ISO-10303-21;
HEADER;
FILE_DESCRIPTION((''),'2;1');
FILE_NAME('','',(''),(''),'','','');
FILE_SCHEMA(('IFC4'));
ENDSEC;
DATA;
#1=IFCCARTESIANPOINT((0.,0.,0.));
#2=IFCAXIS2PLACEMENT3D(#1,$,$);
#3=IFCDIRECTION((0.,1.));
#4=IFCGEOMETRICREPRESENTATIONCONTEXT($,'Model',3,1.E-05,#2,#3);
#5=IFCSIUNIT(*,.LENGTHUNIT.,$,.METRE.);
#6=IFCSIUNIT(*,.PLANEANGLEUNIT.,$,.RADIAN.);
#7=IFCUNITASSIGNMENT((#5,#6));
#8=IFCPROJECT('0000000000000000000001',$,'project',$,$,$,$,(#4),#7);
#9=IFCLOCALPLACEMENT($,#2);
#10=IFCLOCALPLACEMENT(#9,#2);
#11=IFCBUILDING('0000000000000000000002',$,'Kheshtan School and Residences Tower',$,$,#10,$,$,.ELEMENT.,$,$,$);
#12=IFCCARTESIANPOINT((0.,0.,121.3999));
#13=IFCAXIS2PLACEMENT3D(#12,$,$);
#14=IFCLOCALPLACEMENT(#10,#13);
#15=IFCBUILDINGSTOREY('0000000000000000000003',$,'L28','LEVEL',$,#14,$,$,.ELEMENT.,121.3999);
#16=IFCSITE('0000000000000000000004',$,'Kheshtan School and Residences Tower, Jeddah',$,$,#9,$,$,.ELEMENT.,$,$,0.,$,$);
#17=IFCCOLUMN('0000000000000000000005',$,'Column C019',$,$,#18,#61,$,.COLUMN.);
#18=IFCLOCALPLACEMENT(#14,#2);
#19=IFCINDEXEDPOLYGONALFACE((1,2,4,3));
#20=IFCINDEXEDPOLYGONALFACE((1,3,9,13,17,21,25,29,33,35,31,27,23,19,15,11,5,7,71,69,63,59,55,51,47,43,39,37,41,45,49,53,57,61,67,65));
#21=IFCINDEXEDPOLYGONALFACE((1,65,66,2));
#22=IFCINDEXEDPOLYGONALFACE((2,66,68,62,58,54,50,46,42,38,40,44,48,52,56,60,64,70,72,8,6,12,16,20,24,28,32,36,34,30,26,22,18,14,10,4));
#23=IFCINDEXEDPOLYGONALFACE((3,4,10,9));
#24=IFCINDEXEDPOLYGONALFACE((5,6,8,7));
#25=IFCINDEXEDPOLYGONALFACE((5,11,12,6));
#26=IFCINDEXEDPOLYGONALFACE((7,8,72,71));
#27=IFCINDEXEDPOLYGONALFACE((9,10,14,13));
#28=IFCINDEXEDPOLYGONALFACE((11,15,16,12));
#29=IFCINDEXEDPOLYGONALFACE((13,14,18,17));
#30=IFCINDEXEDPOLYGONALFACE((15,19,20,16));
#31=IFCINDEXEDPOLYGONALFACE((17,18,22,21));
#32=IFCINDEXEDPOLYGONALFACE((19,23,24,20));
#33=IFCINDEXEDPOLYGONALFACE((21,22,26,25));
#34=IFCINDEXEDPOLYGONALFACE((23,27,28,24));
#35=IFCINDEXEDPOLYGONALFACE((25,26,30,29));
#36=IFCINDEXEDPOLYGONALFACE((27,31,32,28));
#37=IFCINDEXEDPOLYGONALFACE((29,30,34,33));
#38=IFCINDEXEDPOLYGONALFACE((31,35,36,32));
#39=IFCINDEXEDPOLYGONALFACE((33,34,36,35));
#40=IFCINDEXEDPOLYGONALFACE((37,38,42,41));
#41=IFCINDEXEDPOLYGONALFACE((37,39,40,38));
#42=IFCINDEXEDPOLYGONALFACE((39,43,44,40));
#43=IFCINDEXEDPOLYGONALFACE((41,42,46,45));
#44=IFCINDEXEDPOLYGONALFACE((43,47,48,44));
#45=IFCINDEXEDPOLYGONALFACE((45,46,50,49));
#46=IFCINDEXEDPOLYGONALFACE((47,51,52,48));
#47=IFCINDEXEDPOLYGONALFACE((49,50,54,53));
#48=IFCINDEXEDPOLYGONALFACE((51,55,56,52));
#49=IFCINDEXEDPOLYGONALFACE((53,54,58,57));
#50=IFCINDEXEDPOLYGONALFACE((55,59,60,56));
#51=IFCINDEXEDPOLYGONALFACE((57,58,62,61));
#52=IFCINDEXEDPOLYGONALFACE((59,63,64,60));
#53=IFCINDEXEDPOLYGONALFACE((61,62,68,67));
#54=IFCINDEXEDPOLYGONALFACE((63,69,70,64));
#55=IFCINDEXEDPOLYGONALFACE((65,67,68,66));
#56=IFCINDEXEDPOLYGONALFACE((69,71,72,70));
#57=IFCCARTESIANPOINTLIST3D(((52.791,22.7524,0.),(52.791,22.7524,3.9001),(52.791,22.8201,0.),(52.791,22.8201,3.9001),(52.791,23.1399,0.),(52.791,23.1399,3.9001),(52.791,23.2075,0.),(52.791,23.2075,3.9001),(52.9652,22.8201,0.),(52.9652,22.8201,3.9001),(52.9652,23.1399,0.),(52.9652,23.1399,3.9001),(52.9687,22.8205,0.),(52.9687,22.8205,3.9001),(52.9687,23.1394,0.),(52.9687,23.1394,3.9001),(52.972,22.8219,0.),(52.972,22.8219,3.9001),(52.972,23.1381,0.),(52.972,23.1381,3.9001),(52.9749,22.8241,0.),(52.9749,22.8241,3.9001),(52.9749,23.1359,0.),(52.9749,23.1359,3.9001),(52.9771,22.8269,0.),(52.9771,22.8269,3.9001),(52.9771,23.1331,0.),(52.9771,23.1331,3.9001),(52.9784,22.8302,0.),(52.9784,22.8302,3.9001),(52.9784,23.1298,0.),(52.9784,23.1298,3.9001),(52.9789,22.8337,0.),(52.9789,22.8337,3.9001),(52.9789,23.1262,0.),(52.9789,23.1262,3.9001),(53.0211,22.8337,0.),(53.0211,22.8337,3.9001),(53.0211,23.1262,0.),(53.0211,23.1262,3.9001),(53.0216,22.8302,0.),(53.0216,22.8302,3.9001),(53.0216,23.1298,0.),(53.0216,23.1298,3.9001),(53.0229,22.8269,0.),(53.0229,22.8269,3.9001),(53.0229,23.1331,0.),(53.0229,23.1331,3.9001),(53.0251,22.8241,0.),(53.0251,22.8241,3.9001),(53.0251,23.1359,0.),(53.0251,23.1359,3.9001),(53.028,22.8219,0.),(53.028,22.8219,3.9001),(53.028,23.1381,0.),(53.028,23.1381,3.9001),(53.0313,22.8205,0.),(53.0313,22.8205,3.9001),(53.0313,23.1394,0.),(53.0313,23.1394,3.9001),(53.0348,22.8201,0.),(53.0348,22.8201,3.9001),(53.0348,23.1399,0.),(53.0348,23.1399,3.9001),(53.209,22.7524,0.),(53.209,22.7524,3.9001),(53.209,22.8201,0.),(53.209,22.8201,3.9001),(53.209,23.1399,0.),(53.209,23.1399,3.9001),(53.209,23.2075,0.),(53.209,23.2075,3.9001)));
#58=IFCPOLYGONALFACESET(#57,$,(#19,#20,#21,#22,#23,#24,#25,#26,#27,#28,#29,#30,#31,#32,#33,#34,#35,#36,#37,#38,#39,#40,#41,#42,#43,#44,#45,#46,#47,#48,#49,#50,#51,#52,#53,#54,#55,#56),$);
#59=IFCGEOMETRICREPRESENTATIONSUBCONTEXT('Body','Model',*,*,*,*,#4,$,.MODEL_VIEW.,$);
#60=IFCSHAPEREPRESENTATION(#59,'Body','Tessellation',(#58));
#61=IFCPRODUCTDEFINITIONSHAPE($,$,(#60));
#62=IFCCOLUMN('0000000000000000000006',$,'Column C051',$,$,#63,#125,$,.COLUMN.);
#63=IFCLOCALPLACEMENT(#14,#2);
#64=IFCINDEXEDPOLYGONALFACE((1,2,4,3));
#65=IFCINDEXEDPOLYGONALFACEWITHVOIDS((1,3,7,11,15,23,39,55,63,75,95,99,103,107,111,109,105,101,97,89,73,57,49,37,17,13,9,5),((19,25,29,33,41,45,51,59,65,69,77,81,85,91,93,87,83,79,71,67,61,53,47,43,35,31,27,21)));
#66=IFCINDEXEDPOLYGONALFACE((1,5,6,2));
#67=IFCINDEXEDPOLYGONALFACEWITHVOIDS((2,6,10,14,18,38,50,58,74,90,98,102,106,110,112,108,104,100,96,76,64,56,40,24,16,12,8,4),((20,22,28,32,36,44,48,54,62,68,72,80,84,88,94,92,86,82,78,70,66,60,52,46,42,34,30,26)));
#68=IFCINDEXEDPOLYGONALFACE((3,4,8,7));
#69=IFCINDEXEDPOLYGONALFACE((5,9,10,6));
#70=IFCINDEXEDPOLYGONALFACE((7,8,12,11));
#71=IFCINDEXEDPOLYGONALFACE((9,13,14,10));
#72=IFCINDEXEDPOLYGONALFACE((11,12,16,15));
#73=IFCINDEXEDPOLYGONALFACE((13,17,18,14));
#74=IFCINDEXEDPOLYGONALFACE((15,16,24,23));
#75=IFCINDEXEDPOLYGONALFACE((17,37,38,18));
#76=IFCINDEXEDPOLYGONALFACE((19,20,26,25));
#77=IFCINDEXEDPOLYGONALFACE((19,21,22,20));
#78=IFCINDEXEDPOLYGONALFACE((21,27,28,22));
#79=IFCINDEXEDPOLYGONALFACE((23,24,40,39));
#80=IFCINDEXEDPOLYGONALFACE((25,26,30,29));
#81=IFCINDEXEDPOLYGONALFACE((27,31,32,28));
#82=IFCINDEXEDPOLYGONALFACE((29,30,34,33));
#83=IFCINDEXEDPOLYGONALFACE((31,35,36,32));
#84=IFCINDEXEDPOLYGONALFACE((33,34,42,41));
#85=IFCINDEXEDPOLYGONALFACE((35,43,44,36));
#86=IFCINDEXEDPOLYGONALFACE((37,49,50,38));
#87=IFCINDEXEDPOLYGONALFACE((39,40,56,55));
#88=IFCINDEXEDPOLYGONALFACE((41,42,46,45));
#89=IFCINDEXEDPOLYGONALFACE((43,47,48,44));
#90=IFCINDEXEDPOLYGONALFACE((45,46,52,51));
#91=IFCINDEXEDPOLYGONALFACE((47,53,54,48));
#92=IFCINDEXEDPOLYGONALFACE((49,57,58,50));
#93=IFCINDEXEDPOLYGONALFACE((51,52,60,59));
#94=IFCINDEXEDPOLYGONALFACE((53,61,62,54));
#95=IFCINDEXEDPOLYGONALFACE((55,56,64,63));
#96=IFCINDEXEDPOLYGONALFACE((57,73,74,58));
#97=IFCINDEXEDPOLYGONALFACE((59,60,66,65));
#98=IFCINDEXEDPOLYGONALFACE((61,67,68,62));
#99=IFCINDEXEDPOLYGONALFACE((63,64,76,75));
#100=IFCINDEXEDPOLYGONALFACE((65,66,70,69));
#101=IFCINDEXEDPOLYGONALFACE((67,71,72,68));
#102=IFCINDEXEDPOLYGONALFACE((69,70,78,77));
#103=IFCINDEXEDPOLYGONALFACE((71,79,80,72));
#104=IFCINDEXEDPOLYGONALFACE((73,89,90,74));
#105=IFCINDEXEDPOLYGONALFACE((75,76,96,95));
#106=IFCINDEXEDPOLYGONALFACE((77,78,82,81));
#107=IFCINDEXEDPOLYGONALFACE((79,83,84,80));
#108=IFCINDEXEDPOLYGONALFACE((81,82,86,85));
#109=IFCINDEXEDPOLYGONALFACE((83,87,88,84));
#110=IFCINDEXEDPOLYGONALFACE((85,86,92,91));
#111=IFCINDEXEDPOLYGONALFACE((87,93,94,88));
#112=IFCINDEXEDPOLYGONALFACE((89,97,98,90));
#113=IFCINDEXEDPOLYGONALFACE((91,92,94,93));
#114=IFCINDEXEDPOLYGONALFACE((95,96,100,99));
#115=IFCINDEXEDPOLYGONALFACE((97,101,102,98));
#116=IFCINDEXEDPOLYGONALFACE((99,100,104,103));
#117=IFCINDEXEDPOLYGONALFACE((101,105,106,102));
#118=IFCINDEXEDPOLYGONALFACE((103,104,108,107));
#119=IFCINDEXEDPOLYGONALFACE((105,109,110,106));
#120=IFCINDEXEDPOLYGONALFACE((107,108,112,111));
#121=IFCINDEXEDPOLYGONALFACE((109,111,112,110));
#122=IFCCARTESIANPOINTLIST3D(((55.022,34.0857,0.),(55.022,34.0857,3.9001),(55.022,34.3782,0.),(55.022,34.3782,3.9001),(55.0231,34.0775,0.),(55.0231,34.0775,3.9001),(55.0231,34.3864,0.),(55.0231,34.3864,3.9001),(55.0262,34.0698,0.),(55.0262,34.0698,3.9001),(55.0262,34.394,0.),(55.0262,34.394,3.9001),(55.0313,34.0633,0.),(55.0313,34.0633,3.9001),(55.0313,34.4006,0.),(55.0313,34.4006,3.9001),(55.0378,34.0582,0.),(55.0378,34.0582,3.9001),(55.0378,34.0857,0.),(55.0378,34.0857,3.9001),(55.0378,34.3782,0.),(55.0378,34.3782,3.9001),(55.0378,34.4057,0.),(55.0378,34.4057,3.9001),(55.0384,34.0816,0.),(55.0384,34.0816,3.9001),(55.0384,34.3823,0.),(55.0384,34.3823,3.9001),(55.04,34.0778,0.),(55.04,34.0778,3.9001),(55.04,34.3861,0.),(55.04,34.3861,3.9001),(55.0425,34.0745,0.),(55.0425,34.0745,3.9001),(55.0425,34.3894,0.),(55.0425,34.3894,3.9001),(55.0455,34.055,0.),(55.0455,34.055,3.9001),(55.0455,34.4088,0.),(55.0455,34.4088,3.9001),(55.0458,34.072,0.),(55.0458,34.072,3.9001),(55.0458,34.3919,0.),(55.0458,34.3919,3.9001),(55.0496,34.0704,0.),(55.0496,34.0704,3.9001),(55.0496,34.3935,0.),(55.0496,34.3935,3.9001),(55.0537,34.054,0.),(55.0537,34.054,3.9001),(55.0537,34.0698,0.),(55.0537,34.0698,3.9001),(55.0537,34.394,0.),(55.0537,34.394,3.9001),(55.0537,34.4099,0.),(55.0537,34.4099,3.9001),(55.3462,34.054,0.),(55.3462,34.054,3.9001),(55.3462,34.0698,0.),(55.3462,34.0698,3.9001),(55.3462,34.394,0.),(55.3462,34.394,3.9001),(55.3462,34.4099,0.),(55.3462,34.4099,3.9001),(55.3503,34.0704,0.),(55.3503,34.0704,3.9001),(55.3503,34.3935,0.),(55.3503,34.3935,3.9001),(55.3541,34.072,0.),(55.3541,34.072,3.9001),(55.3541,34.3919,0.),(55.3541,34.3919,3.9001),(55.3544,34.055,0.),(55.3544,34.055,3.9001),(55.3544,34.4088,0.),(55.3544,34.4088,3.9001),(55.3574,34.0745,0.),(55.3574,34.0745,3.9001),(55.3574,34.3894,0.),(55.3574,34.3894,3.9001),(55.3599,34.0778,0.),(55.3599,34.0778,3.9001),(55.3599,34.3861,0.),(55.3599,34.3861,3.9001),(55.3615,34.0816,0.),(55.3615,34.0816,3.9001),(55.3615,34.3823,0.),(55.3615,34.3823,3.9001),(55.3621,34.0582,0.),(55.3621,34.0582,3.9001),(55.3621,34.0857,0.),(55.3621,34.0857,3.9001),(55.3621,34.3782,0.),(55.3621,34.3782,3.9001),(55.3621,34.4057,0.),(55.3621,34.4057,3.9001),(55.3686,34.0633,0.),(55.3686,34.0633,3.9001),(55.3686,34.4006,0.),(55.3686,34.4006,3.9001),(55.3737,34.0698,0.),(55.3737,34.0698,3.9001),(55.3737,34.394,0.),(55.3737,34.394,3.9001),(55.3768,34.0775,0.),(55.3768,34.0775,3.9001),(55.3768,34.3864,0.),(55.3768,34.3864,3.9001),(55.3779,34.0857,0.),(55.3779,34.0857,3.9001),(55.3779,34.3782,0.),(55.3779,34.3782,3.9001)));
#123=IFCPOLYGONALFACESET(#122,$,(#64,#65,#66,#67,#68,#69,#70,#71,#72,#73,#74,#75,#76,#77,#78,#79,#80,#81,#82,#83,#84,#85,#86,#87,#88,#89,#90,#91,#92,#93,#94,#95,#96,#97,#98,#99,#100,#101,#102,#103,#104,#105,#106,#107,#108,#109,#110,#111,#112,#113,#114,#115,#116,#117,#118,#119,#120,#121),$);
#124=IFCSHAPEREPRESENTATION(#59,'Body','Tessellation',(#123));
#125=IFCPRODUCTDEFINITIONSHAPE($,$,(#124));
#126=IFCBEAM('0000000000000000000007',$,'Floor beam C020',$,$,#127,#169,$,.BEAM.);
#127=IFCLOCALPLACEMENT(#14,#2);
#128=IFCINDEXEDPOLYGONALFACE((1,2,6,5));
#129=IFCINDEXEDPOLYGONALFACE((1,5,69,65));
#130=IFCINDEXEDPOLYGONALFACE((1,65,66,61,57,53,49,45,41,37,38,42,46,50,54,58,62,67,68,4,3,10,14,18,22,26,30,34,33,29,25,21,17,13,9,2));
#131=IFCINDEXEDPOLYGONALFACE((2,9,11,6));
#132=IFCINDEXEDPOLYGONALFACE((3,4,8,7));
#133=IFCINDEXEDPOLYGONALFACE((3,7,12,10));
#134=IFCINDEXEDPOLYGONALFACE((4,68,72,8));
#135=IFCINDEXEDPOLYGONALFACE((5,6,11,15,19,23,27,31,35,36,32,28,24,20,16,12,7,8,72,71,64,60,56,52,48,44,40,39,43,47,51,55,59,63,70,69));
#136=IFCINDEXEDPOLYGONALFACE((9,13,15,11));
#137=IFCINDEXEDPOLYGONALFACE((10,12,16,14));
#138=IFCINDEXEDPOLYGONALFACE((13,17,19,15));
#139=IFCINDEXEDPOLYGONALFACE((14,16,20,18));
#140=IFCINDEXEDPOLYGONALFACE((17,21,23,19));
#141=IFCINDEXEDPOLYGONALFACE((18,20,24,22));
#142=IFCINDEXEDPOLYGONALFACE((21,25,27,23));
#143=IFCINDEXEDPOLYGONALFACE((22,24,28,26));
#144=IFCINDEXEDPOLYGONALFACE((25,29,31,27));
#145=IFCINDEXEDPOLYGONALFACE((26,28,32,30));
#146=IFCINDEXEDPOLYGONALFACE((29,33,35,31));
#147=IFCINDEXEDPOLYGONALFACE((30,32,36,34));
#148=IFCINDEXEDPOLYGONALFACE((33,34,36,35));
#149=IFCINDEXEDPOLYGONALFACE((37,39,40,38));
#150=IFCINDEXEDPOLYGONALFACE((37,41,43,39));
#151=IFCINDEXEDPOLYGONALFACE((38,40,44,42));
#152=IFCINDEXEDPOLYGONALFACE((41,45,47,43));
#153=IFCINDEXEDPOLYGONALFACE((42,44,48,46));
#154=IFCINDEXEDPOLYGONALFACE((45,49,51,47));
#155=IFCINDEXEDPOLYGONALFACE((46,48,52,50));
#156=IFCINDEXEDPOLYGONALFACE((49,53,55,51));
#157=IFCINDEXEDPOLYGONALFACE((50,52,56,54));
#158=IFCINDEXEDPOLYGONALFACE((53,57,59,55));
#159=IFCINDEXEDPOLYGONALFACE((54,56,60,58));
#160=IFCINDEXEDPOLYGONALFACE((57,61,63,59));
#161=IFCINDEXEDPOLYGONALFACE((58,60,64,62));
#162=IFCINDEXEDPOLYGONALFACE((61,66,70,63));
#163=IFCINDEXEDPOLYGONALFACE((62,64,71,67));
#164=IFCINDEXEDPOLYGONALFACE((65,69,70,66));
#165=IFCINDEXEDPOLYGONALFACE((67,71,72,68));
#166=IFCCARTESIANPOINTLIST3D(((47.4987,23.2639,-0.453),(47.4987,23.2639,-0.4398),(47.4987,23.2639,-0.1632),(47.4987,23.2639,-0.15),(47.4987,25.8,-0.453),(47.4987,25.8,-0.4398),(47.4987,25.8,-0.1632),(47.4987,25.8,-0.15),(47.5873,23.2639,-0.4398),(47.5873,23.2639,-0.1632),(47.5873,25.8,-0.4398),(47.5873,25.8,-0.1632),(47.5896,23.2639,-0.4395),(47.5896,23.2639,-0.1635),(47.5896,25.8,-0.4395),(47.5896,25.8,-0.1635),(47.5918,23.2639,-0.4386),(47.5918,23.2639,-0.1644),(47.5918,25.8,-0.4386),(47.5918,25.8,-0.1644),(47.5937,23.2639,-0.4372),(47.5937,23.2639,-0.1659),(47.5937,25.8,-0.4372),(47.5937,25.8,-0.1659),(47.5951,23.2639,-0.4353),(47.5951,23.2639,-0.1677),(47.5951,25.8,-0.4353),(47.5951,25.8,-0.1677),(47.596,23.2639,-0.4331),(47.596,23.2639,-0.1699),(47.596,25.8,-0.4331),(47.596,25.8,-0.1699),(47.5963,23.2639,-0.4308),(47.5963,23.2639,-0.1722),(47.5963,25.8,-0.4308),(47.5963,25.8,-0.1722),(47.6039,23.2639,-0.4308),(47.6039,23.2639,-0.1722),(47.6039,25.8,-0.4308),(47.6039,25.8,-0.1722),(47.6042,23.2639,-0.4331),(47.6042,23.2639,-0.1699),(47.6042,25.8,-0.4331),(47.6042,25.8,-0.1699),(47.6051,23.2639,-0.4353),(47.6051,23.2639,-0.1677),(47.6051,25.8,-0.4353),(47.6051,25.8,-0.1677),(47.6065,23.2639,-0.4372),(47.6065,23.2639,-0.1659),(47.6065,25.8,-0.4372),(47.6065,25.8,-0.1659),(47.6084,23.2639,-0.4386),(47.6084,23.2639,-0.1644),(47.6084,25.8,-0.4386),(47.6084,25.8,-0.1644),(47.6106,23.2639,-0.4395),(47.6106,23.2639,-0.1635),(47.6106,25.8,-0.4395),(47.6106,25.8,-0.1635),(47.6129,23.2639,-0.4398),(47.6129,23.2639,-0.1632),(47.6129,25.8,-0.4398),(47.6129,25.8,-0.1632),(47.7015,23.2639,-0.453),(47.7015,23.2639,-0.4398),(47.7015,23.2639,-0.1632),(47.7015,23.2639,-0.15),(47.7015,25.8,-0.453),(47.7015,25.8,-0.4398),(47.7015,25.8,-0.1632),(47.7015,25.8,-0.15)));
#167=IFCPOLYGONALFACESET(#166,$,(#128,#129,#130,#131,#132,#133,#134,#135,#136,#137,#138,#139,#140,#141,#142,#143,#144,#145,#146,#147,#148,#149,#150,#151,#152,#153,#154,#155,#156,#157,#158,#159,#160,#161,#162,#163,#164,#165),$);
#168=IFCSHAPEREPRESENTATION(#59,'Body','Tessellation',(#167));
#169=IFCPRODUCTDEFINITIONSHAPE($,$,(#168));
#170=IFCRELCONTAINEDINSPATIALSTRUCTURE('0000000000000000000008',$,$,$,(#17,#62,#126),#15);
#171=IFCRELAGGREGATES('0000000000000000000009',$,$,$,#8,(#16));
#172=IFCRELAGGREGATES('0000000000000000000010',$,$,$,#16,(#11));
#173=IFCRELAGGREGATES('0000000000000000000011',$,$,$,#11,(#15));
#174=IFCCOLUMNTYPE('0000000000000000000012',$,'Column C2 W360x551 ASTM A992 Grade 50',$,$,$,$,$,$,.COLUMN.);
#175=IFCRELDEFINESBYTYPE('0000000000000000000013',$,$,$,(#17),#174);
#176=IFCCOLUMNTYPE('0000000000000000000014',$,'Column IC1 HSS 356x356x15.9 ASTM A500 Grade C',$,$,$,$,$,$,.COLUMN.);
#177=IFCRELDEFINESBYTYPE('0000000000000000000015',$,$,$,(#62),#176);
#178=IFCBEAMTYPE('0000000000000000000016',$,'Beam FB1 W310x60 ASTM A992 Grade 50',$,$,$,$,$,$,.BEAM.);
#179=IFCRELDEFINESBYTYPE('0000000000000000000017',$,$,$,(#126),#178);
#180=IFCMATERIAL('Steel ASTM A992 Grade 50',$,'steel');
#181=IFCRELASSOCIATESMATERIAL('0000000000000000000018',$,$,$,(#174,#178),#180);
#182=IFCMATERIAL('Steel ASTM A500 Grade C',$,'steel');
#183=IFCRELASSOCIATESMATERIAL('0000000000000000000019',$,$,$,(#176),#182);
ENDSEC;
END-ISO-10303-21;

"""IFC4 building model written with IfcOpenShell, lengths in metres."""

from ifc_helpers import new_model, si_unit, direction, frame, origin, origin_2d, place, context, subcontext, project, spatial, hollow_rectangle, i_section, extrude, material, material_profile, profile_set, type_object, element, save


model = new_model("IFC4")

# Units and contexts
model_context = context("Model", 3, precision=1e-05, world=origin(), true_north=direction((0.0, 1.0)))
body_context = subcontext(model_context, "Body", "Model", "MODEL_VIEW")
ifc_project = project(units=[si_unit("LENGTHUNIT", "METRE"), si_unit("PLANEANGLEUNIT", "RADIAN")], contexts=[model_context])

# Site, building, storey
site_placement = place(None, origin())
site = spatial("IfcSite", under=ifc_project, at=site_placement, Name="Kheshtan School and Residences Tower, Jeddah", CompositionType="ELEMENT", RefElevation=0.0)
building_placement = place(site_placement, origin())
building = spatial("IfcBuilding", under=site, at=building_placement, Name="Kheshtan School and Residences Tower", CompositionType="ELEMENT")
storey_placement = place(building_placement, frame((0.0, 0.0, 121.3999)))
storey = spatial("IfcBuildingStorey", under=building, at=storey_placement, Name="L28", Description="LEVEL", CompositionType="ELEMENT", Elevation=121.3999)

# Columns
ifc_material_1 = material(Name="Steel ASTM A992 Grade 50", Category="steel")
ifc_material_profile_1 = material_profile(ifc_material_1, i_section(OverallWidth=0.418, OverallDepth=0.4551, WebThickness=0.0422, FlangeThickness=0.0676, FilletRadius=0.0137, at=origin_2d()), Name="W360x551")
ifc_profile_set_1 = profile_set([ifc_material_profile_1], Name="Steel ASTM A992 Grade 50")
column_type_1 = type_object("IfcColumnType", Name="Column C2 W360x551 ASTM A992 Grade 50", PredefinedType="COLUMN", material=ifc_profile_set_1)
column_1_placement = place(storey_placement, frame((53.0, 22.98, 0.0), z_axis=(0.0, 0.0, 1.0), x_axis=(1.0, 0.0, 0.0)))
element("IfcColumn", 1, at=column_1_placement, inside=storey, type_object=column_type_1, Name="Column C019", PredefinedType="COLUMN", context=body_context, shape_type="SweptSolid", body=[
    extrude(i_section(OverallWidth=0.418, OverallDepth=0.4551, WebThickness=0.0422, FlangeThickness=0.0676, FilletRadius=0.0137, at=origin_2d()), origin(), (0.0, 0.0, 1.0), 3.9001),
])
ifc_material_2 = material(Name="Steel ASTM A500 Grade C", Category="steel")
ifc_material_profile_2 = material_profile(ifc_material_2, hollow_rectangle(XDim=0.356, YDim=0.356, WallThickness=0.0159, InnerFilletRadius=0.0159, OuterFilletRadius=0.0317, at=origin_2d()), Name="HSS 356x356x15.9")
ifc_profile_set_2 = profile_set([ifc_material_profile_2], Name="Steel ASTM A500 Grade C")
column_type_2 = type_object("IfcColumnType", Name="Column IC1 HSS 356x356x15.9 ASTM A500 Grade C", PredefinedType="COLUMN", material=ifc_profile_set_2)
column_2_placement = place(storey_placement, frame((55.2, 34.2319, 0.0), z_axis=(0.0, 0.0, 1.0), x_axis=(1.0, 0.0, 0.0)))
element("IfcColumn", 2, at=column_2_placement, inside=storey, type_object=column_type_2, Name="Column C051", PredefinedType="COLUMN", context=body_context, shape_type="SweptSolid", body=[
    extrude(hollow_rectangle(XDim=0.356, YDim=0.356, WallThickness=0.0159, InnerFilletRadius=0.0159, OuterFilletRadius=0.0317, at=origin_2d()), origin(), (0.0, 0.0, 1.0), 3.9001),
])

# Beam
ifc_material_profile_3 = material_profile(ifc_material_1, i_section(OverallWidth=0.2029, OverallDepth=0.303, WebThickness=0.0076, FlangeThickness=0.0132, FilletRadius=0.009, at=origin_2d()), Name="W310x60")
ifc_profile_set_3 = profile_set([ifc_material_profile_3], Name="Steel ASTM A992 Grade 50")
beam_type_1 = type_object("IfcBeamType", Name="Beam FB1 W310x60 ASTM A992 Grade 50", PredefinedType="BEAM", material=ifc_profile_set_3)
beam_1_placement = place(storey_placement, frame((47.6001, 23.2639, -0.3015), z_axis=(0.0, 1.0, 0.0), x_axis=(-1.0, 0.0, 0.0)))
element("IfcBeam", 3, at=beam_1_placement, inside=storey, type_object=beam_type_1, Name="Floor beam C020", PredefinedType="BEAM", context=body_context, shape_type="SweptSolid", body=[
    extrude(i_section(OverallWidth=0.2029, OverallDepth=0.303, WebThickness=0.0076, FlangeThickness=0.0132, FilletRadius=0.009, at=origin_2d()), origin(), (0.0, 0.0, 1.0), 2.5361),
])

save(model, "model.ifc")
